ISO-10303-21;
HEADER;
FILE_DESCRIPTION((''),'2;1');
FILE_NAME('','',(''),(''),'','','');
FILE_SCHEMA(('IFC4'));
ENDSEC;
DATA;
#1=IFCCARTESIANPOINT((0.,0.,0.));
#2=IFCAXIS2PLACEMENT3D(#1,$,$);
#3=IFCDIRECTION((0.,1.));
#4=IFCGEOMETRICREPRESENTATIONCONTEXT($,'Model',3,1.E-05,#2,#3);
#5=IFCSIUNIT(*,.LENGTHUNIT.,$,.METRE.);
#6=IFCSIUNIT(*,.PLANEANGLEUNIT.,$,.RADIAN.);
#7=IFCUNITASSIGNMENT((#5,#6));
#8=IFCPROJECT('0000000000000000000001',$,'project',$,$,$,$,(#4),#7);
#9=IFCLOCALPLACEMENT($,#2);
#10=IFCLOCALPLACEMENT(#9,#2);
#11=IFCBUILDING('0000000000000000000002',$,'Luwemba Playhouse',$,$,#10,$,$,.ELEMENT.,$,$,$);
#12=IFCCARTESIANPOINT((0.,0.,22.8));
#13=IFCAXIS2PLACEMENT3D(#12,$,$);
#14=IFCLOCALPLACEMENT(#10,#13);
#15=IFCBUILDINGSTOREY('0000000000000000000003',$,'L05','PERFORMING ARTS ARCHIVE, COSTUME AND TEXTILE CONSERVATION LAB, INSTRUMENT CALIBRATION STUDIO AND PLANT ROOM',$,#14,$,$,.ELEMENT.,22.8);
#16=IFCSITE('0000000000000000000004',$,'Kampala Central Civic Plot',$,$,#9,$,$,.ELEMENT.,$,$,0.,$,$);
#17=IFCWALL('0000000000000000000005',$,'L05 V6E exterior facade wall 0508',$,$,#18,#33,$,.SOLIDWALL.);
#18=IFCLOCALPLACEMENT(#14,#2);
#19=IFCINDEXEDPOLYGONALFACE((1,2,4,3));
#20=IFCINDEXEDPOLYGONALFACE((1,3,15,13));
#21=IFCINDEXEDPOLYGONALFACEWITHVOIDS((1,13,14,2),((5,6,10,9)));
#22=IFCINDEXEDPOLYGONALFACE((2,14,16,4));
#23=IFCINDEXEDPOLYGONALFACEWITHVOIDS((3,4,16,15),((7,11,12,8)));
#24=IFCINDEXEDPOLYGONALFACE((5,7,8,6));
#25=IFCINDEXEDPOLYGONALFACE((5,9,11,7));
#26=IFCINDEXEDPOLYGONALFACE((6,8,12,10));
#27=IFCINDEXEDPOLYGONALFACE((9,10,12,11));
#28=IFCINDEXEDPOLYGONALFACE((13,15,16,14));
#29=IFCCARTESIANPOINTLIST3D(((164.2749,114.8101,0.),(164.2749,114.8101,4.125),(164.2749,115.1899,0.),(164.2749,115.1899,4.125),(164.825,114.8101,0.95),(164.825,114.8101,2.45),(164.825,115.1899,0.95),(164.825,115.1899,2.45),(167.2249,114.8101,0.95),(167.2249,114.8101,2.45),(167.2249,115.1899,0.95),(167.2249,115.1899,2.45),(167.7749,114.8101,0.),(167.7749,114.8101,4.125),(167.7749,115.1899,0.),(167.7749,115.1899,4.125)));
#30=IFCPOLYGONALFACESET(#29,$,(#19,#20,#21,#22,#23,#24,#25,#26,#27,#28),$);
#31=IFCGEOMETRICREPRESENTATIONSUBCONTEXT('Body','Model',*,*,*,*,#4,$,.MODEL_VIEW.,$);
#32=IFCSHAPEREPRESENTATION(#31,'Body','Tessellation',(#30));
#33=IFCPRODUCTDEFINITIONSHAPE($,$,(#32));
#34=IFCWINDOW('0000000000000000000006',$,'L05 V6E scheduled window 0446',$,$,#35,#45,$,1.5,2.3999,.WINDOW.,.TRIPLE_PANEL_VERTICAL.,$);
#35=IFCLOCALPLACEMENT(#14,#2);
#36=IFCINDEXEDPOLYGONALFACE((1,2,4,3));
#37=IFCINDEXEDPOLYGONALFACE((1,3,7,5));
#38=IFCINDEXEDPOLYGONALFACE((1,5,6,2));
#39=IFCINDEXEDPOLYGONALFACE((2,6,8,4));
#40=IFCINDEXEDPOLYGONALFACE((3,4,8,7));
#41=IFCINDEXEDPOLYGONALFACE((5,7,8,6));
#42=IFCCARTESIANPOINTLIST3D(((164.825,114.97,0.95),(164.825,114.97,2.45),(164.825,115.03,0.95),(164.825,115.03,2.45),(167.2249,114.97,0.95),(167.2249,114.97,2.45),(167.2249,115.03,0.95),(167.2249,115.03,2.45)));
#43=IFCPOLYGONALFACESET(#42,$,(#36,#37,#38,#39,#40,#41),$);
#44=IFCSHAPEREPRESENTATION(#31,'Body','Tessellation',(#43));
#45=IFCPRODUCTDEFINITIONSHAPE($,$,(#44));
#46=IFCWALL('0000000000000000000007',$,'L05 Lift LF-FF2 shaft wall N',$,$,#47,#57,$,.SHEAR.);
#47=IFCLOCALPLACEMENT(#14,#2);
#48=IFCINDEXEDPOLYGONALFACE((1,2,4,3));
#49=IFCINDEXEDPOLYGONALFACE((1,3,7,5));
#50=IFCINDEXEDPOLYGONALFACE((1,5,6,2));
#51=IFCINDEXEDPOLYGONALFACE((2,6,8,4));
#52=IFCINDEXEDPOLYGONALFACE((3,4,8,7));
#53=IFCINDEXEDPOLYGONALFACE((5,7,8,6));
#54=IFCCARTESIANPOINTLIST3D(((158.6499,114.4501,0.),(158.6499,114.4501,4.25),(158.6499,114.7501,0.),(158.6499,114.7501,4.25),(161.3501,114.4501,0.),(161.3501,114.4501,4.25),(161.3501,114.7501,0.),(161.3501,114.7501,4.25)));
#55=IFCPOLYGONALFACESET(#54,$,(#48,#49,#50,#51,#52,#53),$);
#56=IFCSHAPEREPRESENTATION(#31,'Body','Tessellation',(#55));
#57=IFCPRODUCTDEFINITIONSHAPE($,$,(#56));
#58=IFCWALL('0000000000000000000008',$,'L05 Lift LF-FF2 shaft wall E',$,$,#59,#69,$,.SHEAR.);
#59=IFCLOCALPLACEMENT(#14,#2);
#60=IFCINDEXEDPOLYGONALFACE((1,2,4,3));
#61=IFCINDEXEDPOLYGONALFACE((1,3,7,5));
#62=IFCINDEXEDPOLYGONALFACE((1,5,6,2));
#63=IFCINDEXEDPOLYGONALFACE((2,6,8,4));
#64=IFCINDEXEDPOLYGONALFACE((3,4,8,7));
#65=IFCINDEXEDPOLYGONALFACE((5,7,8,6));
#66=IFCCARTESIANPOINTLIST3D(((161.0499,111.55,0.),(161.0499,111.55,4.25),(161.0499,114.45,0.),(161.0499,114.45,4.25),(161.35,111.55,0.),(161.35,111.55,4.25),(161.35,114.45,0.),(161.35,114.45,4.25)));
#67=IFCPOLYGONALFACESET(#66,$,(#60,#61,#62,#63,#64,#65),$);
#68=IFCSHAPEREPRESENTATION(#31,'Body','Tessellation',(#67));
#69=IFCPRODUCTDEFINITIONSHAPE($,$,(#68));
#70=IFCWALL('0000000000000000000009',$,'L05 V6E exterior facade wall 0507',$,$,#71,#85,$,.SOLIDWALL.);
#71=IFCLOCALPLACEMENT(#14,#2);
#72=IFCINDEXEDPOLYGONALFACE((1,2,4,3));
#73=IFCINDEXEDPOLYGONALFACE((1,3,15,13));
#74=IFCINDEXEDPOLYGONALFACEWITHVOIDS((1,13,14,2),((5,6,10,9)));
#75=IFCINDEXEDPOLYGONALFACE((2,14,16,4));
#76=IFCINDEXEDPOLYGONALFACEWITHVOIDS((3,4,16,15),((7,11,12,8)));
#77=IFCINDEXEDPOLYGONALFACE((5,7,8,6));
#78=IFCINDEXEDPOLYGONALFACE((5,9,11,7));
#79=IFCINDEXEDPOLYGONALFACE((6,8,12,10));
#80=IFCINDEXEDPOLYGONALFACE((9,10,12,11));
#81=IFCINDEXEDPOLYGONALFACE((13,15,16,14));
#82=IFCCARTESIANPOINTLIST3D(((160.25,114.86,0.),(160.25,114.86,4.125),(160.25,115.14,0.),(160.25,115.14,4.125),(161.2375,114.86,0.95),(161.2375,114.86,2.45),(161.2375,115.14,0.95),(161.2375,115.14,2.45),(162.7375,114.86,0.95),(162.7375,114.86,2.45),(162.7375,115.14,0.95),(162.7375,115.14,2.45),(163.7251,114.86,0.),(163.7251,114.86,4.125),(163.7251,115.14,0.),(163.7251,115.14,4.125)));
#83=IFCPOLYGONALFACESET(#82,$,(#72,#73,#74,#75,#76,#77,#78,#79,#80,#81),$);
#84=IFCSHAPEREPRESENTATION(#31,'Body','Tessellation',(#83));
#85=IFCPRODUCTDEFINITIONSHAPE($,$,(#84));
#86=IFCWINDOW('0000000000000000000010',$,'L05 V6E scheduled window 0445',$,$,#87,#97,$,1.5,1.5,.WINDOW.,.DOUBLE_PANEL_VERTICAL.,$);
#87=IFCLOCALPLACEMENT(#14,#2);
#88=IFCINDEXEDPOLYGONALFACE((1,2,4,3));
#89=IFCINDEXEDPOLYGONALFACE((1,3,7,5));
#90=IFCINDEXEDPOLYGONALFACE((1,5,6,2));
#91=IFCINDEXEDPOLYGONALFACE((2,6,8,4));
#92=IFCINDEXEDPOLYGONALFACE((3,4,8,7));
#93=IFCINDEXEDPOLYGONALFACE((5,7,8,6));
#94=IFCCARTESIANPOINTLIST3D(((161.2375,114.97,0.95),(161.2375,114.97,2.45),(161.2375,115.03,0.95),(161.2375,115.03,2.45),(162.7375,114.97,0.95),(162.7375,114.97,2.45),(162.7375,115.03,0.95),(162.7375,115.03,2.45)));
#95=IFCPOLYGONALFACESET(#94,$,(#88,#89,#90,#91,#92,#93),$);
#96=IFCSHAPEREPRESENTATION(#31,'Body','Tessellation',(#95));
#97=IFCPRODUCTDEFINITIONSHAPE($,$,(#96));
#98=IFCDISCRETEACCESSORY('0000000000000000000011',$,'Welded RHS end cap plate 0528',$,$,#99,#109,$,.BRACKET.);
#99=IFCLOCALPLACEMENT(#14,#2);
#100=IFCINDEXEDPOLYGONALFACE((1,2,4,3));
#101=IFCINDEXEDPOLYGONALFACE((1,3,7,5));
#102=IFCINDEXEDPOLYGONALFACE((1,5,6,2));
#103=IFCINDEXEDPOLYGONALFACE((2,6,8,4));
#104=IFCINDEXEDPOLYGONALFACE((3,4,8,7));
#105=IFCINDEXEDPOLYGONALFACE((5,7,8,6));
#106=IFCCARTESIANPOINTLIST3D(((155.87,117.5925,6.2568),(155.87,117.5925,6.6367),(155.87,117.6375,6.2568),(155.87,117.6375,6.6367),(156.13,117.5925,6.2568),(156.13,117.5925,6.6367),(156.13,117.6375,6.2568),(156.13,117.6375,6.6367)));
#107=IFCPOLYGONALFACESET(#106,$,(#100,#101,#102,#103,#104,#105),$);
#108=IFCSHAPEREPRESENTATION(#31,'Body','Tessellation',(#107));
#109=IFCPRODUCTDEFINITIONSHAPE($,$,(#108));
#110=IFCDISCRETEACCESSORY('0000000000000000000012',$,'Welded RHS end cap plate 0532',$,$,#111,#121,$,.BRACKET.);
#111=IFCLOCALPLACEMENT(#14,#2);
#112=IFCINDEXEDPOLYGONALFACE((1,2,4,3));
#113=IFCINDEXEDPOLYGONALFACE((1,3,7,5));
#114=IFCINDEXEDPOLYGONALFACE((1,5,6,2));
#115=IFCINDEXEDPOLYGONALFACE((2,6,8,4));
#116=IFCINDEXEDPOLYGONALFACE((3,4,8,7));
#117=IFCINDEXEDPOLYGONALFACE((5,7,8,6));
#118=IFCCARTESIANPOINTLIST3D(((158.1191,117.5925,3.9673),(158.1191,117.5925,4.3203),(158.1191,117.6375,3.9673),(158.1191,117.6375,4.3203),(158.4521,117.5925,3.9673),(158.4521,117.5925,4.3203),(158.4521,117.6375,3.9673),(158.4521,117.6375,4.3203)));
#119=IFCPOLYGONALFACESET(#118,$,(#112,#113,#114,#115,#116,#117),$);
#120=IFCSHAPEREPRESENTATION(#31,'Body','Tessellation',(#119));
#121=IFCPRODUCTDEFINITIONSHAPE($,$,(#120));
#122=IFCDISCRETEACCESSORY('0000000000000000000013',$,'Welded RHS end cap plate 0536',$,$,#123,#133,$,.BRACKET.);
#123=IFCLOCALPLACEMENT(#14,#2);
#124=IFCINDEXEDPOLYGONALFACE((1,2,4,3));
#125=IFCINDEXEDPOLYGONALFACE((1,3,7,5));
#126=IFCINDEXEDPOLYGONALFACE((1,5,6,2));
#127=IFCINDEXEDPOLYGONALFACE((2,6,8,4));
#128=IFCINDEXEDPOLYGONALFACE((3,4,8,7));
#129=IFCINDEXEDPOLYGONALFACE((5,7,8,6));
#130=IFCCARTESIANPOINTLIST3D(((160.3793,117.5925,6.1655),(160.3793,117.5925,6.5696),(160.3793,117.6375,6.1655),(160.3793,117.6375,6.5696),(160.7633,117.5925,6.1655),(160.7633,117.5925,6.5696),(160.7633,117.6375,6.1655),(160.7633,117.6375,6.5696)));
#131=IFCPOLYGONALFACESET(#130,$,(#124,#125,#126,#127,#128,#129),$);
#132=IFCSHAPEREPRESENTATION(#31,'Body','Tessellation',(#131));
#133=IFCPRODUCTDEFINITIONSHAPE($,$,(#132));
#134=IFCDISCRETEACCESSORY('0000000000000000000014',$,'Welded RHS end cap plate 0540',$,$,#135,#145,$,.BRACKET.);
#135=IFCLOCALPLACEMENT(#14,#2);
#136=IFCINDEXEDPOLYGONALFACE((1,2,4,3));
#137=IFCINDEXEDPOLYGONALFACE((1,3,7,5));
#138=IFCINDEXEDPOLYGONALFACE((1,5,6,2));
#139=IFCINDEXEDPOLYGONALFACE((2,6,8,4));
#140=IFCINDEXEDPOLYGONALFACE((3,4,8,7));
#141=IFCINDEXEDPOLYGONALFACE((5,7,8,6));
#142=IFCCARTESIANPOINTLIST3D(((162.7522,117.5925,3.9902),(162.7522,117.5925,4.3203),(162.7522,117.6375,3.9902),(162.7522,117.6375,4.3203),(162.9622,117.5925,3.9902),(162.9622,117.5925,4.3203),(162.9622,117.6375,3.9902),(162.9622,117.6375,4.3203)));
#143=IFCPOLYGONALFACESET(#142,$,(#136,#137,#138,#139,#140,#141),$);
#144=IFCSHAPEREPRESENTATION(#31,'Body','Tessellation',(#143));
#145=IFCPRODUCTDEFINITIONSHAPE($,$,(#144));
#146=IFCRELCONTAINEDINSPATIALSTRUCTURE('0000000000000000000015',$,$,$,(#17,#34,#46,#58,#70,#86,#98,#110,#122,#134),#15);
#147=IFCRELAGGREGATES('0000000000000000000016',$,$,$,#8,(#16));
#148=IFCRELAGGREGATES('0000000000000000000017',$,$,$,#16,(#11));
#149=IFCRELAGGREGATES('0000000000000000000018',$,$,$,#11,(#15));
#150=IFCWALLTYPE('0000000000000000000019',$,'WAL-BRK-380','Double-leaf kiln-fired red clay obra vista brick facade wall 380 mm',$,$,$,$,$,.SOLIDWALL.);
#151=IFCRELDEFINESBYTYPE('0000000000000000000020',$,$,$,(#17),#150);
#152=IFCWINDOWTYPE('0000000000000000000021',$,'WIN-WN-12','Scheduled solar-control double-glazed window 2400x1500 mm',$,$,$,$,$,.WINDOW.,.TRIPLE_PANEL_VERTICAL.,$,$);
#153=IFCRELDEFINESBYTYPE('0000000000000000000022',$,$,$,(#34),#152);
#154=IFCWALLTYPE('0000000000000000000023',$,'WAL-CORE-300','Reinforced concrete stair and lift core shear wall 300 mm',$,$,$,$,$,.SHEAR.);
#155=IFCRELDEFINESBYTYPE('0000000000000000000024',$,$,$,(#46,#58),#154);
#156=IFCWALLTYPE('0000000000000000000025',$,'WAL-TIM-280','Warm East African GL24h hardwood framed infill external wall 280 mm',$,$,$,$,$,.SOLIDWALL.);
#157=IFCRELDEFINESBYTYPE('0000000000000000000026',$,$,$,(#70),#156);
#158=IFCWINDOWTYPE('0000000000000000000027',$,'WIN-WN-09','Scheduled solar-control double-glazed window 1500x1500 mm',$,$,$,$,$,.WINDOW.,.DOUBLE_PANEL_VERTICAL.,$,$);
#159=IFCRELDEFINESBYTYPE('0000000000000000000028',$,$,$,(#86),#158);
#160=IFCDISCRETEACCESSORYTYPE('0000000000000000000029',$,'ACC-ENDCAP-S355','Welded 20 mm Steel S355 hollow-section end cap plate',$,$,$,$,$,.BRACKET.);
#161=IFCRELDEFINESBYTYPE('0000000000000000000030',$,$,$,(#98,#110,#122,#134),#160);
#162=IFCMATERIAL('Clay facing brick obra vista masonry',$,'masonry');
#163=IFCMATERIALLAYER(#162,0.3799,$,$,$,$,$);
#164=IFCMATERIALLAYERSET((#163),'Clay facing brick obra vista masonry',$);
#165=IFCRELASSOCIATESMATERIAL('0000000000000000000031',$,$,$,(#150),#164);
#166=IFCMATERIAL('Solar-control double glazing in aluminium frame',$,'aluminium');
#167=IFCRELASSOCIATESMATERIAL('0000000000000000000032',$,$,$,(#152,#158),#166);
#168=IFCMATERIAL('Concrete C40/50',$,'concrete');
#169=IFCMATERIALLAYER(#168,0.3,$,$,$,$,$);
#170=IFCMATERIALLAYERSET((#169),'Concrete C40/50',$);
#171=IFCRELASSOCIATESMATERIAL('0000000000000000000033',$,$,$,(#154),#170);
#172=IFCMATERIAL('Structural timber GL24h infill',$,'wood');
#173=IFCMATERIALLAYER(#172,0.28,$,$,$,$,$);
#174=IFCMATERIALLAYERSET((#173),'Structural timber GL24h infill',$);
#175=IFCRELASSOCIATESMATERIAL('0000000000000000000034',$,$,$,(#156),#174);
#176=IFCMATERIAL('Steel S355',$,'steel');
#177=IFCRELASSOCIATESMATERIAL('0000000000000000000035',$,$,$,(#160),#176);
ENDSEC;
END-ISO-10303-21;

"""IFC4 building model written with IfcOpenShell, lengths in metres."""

from ifc_helpers import new_model, si_unit, direction, frame, frame_2d, origin, origin_2d, place, context, subcontext, project, spatial, rectangle, extrude, material, layer, layer_set, type_object, element, fill, save


model = new_model("IFC4")

# Units and contexts
model_context = context("Model", 3, precision=1e-05, world=origin(), true_north=direction((0.0, 1.0)))
body_context = subcontext(model_context, "Body", "Model", "MODEL_VIEW")
ifc_project = project(units=[si_unit("LENGTHUNIT", "METRE"), si_unit("PLANEANGLEUNIT", "RADIAN")], contexts=[model_context])

# Site, building, storey
site_placement = place(None, origin())
site = spatial("IfcSite", under=ifc_project, at=site_placement, Name="Kampala Central Civic Plot", CompositionType="ELEMENT", RefElevation=0.0)
building_placement = place(site_placement, origin())
building = spatial("IfcBuilding", under=site, at=building_placement, Name="Luwemba Playhouse", CompositionType="ELEMENT")
storey_placement = place(building_placement, frame((0.0, 0.0, 22.8)))
storey = spatial("IfcBuildingStorey", under=building, at=storey_placement, Name="L05", Description="PERFORMING ARTS ARCHIVE, COSTUME AND TEXTILE CONSERVATION LAB, INSTRUMENT CALIBRATION STUDIO AND PLANT ROOM", CompositionType="ELEMENT", Elevation=22.8)

# Shared definitions
ifc_material_1 = material(Name="Concrete C40/50", Category="concrete")

# Shared definitions
ifc_material_2 = material(Name="Steel S355", Category="steel")

# Wall, opening, window
ifc_material_3 = material(Name="Clay facing brick obra vista masonry", Category="masonry")
ifc_layer_1 = layer(ifc_material_3, 0.3799)
ifc_layer_set_1 = layer_set([ifc_layer_1], Name="Clay facing brick obra vista masonry")
wall_type_1 = type_object("IfcWallType", Name="WAL-BRK-380", Description="Double-leaf kiln-fired red clay obra vista brick facade wall 380 mm", PredefinedType="SOLIDWALL", material=ifc_layer_set_1)
ifc_material_4 = material(Name="Solar-control double glazing in aluminium frame", Category="aluminium")
wall_1_placement = place(storey_placement, frame((164.2749, 115.0, 0.0), z_axis=(0.0, 0.0, 1.0), x_axis=(1.0, 0.0, 0.0)))
wall_1 = element("IfcWall", 1, at=wall_1_placement, inside=storey, type_object=wall_type_1, Name="L05 V6E exterior facade wall 0508", PredefinedType="SOLIDWALL", context=body_context, shape_type="SweptSolid", body=[
    extrude(rectangle(XDim=3.5, YDim=0.3799, at=frame_2d((1.75, 0.0))), origin(), (0.0, 0.0, 1.0), 4.125),
])
opening_1_placement = place(wall_1_placement, frame((0.55, 0.0, 0.95)))
opening_1 = element("IfcOpeningElement", 2, at=opening_1_placement, cuts=wall_1, PredefinedType="OPENING", context=body_context, shape_type="SweptSolid", body=[
    extrude(rectangle(XDim=2.3999, YDim=1.5, at=frame_2d((1.2, 0.75))), frame((0.0, 0.2, 0.0), z_axis=(0.0, -1.0, 0.0), x_axis=(1.0, 0.0, 0.0)), (0.0, 0.0, 1.0), 0.3999),
])
window_type_1 = type_object("IfcWindowType", Name="WIN-WN-12", Description="Scheduled solar-control double-glazed window 2400x1500 mm", PartitioningType="TRIPLE_PANEL_VERTICAL", PredefinedType="WINDOW", material=ifc_material_4)
window_1_placement = place(opening_1_placement, origin())
window_1 = element("IfcWindow", 3, at=window_1_placement, inside=storey, type_object=window_type_1, Name="L05 V6E scheduled window 0446", OverallHeight=1.5, OverallWidth=2.3999, PartitioningType="TRIPLE_PANEL_VERTICAL", PredefinedType="WINDOW", context=body_context, shape_type="SweptSolid", body=[
    extrude(rectangle(XDim=2.3999, YDim=1.5, at=frame_2d((1.2, 0.75))), frame((0.0, 0.03, 0.0), z_axis=(0.0, -1.0, 0.0), x_axis=(1.0, 0.0, 0.0)), (0.0, 0.0, 1.0), 0.0601),
])
fill(opening_1, window_1)

# Walls
ifc_layer_2 = layer(ifc_material_1, 0.3)
ifc_layer_set_2 = layer_set([ifc_layer_2], Name="Concrete C40/50")
wall_type_2 = type_object("IfcWallType", Name="WAL-CORE-300", Description="Reinforced concrete stair and lift core shear wall 300 mm", PredefinedType="SHEAR", material=ifc_layer_set_2)
wall_2_placement = place(storey_placement, frame((161.3501, 114.6001, 0.0), z_axis=(0.0, 0.0, 1.0), x_axis=(-1.0, 0.0, 0.0)))
element("IfcWall", 4, at=wall_2_placement, inside=storey, type_object=wall_type_2, Name="L05 Lift LF-FF2 shaft wall N", PredefinedType="SHEAR", context=body_context, shape_type="SweptSolid", body=[
    extrude(rectangle(XDim=2.7002, YDim=0.3, at=frame_2d((1.3501, 0.0))), origin(), (0.0, 0.0, 1.0), 4.25),
])
wall_3_placement = place(storey_placement, frame((161.2, 114.45, 0.0), z_axis=(0.0, 0.0, 1.0), x_axis=(0.0, -1.0, 0.0)))
element("IfcWall", 5, at=wall_3_placement, inside=storey, type_object=wall_type_2, Name="L05 Lift LF-FF2 shaft wall E", PredefinedType="SHEAR", context=body_context, shape_type="SweptSolid", body=[
    extrude(rectangle(XDim=2.8999, YDim=0.3, at=frame_2d((1.45, 0.0))), origin(), (0.0, 0.0, 1.0), 4.25),
])

# Wall, opening, window
ifc_material_5 = material(Name="Structural timber GL24h infill", Category="wood")
ifc_layer_3 = layer(ifc_material_5, 0.28)
ifc_layer_set_3 = layer_set([ifc_layer_3], Name="Structural timber GL24h infill")
wall_type_3 = type_object("IfcWallType", Name="WAL-TIM-280", Description="Warm East African GL24h hardwood framed infill external wall 280 mm", PredefinedType="SOLIDWALL", material=ifc_layer_set_3)
wall_4_placement = place(storey_placement, frame((160.25, 115.0, 0.0), z_axis=(0.0, 0.0, 1.0), x_axis=(1.0, 0.0, 0.0)))
wall_4 = element("IfcWall", 6, at=wall_4_placement, inside=storey, type_object=wall_type_3, Name="L05 V6E exterior facade wall 0507", PredefinedType="SOLIDWALL", context=body_context, shape_type="SweptSolid", body=[
    extrude(rectangle(XDim=3.4751, YDim=0.28, at=frame_2d((1.7375, 0.0))), origin(), (0.0, 0.0, 1.0), 4.125),
])
opening_2_placement = place(wall_4_placement, frame((0.9875, 0.0, 0.95)))
opening_2 = element("IfcOpeningElement", 7, at=opening_2_placement, cuts=wall_4, PredefinedType="OPENING", context=body_context, shape_type="SweptSolid", body=[
    extrude(rectangle(XDim=1.5, YDim=1.5, at=frame_2d((0.75, 0.75))), frame((0.0, 0.1499, 0.0), z_axis=(0.0, -1.0, 0.0), x_axis=(1.0, 0.0, 0.0)), (0.0, 0.0, 1.0), 0.3),
])
window_type_2 = type_object("IfcWindowType", Name="WIN-WN-09", Description="Scheduled solar-control double-glazed window 1500x1500 mm", PartitioningType="DOUBLE_PANEL_VERTICAL", PredefinedType="WINDOW", material=ifc_material_4)
window_2_placement = place(opening_2_placement, origin())
window_2 = element("IfcWindow", 8, at=window_2_placement, inside=storey, type_object=window_type_2, Name="L05 V6E scheduled window 0445", OverallHeight=1.5, OverallWidth=1.5, PartitioningType="DOUBLE_PANEL_VERTICAL", PredefinedType="WINDOW", context=body_context, shape_type="SweptSolid", body=[
    extrude(rectangle(XDim=1.5, YDim=1.5, at=frame_2d((0.75, 0.75))), frame((0.0, 0.03, 0.0), z_axis=(0.0, -1.0, 0.0), x_axis=(1.0, 0.0, 0.0)), (0.0, 0.0, 1.0), 0.0601),
])
fill(opening_2, window_2)

# Discrete accessories
discrete_accessory_type = type_object("IfcDiscreteAccessoryType", Name="ACC-ENDCAP-S355", Description="Welded 20 mm Steel S355 hollow-section end cap plate", PredefinedType="BRACKET", material=ifc_material_2)
discrete_accessory_1_placement = place(storey_placement, frame((156.0, 117.615, 6.2568), z_axis=(0.0, 0.0, 1.0), x_axis=(1.0, 0.0, 0.0)))
element("IfcDiscreteAccessory", 9, at=discrete_accessory_1_placement, inside=storey, type_object=discrete_accessory_type, Name="Welded RHS end cap plate 0528", PredefinedType="BRACKET", context=body_context, shape_type="SweptSolid", body=[
    extrude(rectangle(XDim=0.26, YDim=0.0449, at=origin_2d()), origin(), (0.0, 0.0, 1.0), 0.3799),
])
discrete_accessory_2_placement = place(storey_placement, frame((158.2856, 117.615, 3.9673), z_axis=(0.0, 0.0, 1.0), x_axis=(1.0, 0.0, 0.0)))
element("IfcDiscreteAccessory", 10, at=discrete_accessory_2_placement, inside=storey, type_object=discrete_accessory_type, Name="Welded RHS end cap plate 0532", PredefinedType="BRACKET", context=body_context, shape_type="SweptSolid", body=[
    extrude(rectangle(XDim=0.333, YDim=0.0449, at=origin_2d()), origin(), (0.0, 0.0, 1.0), 0.353),
])
discrete_accessory_3_placement = place(storey_placement, frame((160.5713, 117.615, 6.1655), z_axis=(0.0, 0.0, 1.0), x_axis=(1.0, 0.0, 0.0)))
element("IfcDiscreteAccessory", 11, at=discrete_accessory_3_placement, inside=storey, type_object=discrete_accessory_type, Name="Welded RHS end cap plate 0536", PredefinedType="BRACKET", context=body_context, shape_type="SweptSolid", body=[
    extrude(rectangle(XDim=0.384, YDim=0.0449, at=origin_2d()), origin(), (0.0, 0.0, 1.0), 0.4041),
])
discrete_accessory_4_placement = place(storey_placement, frame((162.8572, 117.615, 3.9902), z_axis=(0.0, 0.0, 1.0), x_axis=(1.0, 0.0, 0.0)))
element("IfcDiscreteAccessory", 12, at=discrete_accessory_4_placement, inside=storey, type_object=discrete_accessory_type, Name="Welded RHS end cap plate 0540", PredefinedType="BRACKET", context=body_context, shape_type="SweptSolid", body=[
    extrude(rectangle(XDim=0.21, YDim=0.0449, at=origin_2d()), origin(), (0.0, 0.0, 1.0), 0.3301),
])

save(model, "model.ifc")
